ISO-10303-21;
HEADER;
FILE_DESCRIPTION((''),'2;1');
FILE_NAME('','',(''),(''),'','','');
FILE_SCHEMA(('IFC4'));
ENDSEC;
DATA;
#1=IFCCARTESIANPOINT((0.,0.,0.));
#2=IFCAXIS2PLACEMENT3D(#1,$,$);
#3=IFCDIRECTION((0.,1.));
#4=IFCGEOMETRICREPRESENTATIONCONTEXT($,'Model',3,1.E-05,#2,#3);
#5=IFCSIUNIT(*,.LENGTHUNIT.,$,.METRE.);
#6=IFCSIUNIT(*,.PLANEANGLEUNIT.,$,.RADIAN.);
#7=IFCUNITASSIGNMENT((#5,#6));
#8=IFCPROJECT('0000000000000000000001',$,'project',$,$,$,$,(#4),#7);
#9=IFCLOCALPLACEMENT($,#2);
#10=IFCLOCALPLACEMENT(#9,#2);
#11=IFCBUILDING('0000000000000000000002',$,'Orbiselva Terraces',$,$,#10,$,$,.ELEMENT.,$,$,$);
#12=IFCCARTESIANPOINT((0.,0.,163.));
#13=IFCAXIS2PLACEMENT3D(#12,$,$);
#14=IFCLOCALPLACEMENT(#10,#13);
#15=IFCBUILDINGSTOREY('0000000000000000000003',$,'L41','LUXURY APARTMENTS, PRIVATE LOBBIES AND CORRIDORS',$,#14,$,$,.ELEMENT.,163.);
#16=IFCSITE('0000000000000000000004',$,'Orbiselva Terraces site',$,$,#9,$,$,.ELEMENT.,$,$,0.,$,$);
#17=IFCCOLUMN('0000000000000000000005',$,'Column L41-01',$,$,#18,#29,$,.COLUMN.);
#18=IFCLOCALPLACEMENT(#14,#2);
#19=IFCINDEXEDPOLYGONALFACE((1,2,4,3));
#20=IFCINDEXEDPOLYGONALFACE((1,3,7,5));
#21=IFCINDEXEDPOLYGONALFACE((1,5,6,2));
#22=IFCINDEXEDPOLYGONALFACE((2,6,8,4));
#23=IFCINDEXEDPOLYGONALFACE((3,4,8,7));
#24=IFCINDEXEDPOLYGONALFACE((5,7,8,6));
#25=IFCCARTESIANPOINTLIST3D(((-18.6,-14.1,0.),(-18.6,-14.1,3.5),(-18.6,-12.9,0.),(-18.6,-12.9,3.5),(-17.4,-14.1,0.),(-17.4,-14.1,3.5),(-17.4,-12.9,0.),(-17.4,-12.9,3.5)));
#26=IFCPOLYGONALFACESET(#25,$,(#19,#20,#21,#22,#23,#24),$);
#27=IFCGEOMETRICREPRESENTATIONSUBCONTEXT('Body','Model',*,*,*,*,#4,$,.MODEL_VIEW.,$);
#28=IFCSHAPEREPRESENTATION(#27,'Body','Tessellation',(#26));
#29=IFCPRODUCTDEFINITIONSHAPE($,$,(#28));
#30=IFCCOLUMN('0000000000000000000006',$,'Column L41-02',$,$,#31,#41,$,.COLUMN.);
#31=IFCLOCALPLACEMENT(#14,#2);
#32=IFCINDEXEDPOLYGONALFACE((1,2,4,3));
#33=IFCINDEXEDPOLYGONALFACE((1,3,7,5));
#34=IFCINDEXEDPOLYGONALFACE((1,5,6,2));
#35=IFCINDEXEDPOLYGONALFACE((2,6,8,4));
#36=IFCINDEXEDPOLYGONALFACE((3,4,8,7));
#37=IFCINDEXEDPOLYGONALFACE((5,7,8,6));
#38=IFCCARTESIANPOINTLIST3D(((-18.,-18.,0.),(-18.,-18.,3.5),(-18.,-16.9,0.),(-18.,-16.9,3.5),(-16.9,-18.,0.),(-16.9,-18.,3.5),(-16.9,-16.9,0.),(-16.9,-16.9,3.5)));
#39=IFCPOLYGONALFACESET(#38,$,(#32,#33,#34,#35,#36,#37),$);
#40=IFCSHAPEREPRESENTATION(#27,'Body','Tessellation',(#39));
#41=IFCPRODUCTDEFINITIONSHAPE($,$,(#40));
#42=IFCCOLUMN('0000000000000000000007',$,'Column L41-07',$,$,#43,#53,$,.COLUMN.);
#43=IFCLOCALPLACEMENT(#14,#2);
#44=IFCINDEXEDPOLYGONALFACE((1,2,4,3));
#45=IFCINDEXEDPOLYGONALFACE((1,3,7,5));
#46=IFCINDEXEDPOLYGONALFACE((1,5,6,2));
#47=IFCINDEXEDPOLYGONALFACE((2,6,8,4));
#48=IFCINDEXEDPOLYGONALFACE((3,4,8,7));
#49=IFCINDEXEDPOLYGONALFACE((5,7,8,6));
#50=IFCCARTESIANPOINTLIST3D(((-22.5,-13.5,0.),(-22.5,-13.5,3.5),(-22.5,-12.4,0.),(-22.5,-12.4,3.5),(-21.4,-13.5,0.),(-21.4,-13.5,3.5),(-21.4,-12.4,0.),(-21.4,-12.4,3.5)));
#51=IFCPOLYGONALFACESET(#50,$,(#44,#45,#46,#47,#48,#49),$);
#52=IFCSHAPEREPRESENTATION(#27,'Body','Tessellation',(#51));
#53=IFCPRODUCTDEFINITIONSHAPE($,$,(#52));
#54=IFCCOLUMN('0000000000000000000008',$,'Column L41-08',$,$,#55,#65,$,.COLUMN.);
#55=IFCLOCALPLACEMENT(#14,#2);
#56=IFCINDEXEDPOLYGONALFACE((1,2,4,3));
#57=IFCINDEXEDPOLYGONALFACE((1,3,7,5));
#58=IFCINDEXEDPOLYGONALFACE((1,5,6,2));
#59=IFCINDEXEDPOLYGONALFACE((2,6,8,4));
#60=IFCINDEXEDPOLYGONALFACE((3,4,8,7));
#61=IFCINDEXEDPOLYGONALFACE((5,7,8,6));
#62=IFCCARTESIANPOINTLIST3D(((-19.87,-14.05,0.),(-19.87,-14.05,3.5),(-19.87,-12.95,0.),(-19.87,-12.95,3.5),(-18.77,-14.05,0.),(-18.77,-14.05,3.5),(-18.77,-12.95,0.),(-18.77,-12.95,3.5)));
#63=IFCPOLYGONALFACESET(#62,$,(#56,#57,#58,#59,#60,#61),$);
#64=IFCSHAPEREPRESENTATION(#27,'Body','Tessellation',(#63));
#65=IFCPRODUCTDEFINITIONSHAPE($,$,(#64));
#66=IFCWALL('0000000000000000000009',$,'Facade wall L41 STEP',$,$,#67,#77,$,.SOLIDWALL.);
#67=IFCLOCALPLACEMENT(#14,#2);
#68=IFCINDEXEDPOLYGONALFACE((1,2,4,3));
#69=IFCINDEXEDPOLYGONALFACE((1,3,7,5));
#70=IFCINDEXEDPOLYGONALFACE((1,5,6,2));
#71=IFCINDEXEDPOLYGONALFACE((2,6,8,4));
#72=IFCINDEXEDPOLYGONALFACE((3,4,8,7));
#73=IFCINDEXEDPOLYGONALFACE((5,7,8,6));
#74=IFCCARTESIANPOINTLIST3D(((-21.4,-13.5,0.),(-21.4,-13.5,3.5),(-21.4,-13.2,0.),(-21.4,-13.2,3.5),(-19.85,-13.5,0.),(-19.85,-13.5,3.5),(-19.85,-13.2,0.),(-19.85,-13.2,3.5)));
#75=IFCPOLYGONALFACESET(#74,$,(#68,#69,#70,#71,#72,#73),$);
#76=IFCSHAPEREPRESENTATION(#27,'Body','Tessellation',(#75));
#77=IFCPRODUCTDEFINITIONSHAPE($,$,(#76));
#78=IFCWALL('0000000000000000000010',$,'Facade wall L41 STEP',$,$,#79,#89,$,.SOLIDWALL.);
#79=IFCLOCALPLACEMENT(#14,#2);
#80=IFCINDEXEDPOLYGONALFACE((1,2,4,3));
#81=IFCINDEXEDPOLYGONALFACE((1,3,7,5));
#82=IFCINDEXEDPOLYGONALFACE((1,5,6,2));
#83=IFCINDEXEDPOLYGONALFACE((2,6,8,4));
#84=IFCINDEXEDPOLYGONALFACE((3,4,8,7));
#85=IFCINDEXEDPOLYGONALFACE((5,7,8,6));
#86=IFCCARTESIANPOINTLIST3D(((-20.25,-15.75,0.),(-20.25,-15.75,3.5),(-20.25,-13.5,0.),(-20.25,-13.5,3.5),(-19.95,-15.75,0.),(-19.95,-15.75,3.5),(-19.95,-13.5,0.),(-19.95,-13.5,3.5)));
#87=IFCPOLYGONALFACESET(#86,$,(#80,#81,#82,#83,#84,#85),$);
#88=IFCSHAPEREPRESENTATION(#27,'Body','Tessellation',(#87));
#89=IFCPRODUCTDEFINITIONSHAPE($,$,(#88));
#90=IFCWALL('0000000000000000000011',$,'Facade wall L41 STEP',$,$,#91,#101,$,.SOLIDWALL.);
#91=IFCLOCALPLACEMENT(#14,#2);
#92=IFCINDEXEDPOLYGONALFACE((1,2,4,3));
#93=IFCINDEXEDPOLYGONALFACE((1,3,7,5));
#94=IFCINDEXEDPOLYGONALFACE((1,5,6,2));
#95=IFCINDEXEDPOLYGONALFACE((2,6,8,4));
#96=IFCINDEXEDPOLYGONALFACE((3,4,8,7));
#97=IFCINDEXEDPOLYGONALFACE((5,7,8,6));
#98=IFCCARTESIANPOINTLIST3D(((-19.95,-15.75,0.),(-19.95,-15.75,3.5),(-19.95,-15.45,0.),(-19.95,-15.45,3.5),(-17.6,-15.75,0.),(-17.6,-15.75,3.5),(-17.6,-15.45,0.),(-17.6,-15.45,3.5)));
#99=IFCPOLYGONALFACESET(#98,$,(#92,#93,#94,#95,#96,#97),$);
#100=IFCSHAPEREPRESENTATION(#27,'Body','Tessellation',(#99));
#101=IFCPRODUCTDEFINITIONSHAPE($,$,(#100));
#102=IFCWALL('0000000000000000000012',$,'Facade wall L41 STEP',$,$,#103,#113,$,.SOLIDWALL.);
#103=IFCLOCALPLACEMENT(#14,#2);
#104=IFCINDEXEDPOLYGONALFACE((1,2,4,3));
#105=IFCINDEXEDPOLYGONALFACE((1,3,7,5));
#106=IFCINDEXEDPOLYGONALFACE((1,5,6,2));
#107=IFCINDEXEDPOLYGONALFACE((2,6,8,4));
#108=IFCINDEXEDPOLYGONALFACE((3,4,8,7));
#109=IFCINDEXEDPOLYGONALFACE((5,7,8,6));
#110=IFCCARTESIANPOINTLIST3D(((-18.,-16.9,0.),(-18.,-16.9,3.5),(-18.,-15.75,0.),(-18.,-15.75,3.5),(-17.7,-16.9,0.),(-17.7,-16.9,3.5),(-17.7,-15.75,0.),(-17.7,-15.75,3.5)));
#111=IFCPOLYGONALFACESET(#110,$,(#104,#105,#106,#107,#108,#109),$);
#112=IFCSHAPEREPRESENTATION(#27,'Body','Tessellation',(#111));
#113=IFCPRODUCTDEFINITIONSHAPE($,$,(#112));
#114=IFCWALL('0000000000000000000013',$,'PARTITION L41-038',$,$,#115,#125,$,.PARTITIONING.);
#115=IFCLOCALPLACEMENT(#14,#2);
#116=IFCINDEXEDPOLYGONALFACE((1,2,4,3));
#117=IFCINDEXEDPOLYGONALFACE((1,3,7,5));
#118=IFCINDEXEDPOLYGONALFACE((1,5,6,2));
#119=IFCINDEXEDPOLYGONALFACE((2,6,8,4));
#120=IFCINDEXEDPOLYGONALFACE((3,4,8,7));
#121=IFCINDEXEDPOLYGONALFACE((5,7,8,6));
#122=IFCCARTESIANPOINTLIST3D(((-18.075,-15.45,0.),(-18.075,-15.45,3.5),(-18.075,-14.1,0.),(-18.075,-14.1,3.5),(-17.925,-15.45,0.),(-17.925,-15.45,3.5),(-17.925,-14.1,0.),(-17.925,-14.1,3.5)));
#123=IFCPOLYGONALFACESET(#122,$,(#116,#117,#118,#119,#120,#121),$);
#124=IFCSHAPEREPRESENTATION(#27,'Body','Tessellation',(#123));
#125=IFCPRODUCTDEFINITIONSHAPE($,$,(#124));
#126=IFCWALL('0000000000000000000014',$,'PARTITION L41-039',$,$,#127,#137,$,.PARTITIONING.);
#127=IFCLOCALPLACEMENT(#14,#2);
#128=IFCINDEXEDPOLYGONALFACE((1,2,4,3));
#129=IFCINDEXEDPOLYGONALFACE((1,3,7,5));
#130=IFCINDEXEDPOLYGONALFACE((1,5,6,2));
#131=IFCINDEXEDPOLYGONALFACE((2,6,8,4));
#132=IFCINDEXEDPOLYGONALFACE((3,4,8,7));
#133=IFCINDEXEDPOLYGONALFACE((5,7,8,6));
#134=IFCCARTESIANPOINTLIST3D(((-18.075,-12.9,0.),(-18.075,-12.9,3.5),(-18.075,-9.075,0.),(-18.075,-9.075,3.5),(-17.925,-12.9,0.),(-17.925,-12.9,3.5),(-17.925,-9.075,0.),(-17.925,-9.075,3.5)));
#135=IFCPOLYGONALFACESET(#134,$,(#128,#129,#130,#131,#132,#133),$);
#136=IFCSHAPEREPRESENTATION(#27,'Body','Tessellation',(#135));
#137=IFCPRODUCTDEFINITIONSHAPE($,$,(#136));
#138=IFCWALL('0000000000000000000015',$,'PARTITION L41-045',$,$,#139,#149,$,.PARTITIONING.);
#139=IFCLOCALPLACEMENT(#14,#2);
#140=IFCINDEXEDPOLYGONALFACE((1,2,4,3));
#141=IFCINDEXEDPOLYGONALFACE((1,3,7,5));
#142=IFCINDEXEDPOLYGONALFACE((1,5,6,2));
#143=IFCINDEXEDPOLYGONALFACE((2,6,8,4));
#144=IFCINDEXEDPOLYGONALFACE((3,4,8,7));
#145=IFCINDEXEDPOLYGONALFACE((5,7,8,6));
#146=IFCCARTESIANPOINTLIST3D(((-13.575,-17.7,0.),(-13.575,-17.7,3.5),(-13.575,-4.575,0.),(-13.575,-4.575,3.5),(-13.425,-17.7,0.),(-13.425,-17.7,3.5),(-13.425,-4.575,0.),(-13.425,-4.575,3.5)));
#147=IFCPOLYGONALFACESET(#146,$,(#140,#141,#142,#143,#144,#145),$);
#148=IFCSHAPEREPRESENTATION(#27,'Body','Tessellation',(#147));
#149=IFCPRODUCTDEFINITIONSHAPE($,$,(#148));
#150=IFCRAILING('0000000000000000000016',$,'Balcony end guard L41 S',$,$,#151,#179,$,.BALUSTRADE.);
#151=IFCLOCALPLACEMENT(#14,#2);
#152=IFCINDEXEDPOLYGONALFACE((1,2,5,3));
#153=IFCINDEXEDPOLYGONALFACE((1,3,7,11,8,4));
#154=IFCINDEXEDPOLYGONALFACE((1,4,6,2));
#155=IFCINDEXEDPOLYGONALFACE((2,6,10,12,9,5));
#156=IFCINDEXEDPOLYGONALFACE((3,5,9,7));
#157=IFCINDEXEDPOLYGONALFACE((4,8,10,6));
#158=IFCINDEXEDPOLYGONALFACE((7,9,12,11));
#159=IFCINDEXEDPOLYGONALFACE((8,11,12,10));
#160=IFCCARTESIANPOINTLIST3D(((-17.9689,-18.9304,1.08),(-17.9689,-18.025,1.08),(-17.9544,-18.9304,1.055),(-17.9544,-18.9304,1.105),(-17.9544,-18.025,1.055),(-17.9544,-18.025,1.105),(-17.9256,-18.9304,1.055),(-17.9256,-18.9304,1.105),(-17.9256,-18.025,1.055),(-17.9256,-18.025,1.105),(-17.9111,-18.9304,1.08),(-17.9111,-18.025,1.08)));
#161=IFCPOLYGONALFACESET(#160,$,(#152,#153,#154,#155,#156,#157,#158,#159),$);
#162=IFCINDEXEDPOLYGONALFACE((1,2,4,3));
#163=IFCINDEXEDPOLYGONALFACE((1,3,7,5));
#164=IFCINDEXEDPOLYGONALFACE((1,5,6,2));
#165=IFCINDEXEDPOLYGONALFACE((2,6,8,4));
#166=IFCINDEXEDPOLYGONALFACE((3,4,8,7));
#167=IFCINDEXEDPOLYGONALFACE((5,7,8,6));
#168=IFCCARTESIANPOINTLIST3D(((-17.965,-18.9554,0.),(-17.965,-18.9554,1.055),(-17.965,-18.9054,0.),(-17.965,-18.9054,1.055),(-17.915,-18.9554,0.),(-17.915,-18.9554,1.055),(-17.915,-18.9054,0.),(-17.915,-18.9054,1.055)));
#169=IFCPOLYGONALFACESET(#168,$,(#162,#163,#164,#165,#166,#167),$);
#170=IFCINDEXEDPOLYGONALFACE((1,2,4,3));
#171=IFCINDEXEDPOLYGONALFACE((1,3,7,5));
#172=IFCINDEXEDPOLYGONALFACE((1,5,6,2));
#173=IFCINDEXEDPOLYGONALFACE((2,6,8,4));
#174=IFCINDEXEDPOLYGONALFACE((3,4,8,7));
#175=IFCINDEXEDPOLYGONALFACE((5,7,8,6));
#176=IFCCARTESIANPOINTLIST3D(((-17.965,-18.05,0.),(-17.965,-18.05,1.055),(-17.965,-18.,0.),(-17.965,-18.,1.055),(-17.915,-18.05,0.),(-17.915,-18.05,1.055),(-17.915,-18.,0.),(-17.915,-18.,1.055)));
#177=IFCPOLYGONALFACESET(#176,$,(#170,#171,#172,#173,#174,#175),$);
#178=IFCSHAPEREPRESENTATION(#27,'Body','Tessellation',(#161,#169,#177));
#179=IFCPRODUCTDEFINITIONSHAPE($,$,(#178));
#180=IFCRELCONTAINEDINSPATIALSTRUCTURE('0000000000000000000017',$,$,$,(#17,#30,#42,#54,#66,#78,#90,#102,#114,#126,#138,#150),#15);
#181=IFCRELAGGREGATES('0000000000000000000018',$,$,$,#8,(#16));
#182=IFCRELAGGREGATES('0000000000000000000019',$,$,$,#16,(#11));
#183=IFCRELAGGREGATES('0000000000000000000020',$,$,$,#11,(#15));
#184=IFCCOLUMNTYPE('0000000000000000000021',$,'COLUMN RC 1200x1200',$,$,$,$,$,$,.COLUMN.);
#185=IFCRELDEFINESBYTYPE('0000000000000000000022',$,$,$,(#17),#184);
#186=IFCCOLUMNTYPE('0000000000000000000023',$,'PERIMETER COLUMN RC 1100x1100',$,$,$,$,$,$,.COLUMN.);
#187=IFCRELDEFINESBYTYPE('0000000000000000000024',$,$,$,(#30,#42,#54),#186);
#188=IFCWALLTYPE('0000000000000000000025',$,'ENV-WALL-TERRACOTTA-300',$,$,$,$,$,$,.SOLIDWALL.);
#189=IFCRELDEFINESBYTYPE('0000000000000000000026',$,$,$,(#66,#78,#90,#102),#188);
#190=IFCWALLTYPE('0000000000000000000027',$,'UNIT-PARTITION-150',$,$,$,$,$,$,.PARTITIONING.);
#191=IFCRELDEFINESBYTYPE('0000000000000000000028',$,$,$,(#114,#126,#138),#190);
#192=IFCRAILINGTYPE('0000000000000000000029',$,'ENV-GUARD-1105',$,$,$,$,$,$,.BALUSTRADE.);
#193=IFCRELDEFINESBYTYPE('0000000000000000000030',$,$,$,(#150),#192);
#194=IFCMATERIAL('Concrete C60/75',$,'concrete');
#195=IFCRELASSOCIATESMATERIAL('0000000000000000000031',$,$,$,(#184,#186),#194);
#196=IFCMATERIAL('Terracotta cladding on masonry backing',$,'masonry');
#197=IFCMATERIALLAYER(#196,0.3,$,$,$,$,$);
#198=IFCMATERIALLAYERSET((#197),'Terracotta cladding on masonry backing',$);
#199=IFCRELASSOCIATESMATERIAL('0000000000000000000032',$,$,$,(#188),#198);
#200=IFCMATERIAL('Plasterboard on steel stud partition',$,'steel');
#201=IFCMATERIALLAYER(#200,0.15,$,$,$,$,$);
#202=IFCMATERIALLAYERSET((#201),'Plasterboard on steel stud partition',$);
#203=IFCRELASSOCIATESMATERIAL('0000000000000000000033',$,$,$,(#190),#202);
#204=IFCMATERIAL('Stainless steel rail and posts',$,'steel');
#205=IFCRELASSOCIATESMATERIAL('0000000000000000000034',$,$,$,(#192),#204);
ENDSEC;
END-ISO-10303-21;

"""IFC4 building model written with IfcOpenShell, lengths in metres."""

from ifc_helpers import new_model, si_unit, direction, frame, frame_2d, origin, origin_2d, place, context, subcontext, project, spatial, polyline, rectangle, outline, extrude, material, layer, layer_set, material_profile, profile_set, type_object, element, save


model = new_model("IFC4")

# Units and contexts
model_context = context("Model", 3, precision=1e-05, world=origin(), true_north=direction((0.0, 1.0)))
body_context = subcontext(model_context, "Body", "Model", "MODEL_VIEW")
ifc_project = project(units=[si_unit("LENGTHUNIT", "METRE"), si_unit("PLANEANGLEUNIT", "RADIAN")], contexts=[model_context])

# Site, building, storey
site_placement = place(None, origin())
site = spatial("IfcSite", under=ifc_project, at=site_placement, Name="Orbiselva Terraces site", CompositionType="ELEMENT", RefElevation=0.0)
building_placement = place(site_placement, origin())
building = spatial("IfcBuilding", under=site, at=building_placement, Name="Orbiselva Terraces", CompositionType="ELEMENT")
storey_placement = place(building_placement, frame((0.0, 0.0, 163.0)))
storey = spatial("IfcBuildingStorey", under=building, at=storey_placement, Name="L41", Description="LUXURY APARTMENTS, PRIVATE LOBBIES AND CORRIDORS", CompositionType="ELEMENT", Elevation=163.0)

# Columns
ifc_material_1 = material(Name="Concrete C60/75", Category="concrete")
ifc_material_profile_1 = material_profile(ifc_material_1, rectangle(XDim=1.2, YDim=1.2, at=origin_2d()), Name="RC 1200x1200")
ifc_profile_set_1 = profile_set([ifc_material_profile_1], Name="Concrete C60/75")
column_type_1 = type_object("IfcColumnType", Name="COLUMN RC 1200x1200", PredefinedType="COLUMN", material=ifc_profile_set_1)
column_placement = place(storey_placement, frame((-18.0, -13.5, 0.0), z_axis=(0.0, 0.0, 1.0), x_axis=(1.0, 0.0, 0.0)))
element("IfcColumn", 1, at=column_placement, inside=storey, type_object=column_type_1, Name="Column L41-01", PredefinedType="COLUMN", context=body_context, shape_type="SweptSolid", body=[
    extrude(rectangle(XDim=1.2, YDim=1.2, at=origin_2d()), origin(), (0.0, 0.0, 1.0), 3.5),
])
ifc_material_profile_2 = material_profile(ifc_material_1, rectangle(XDim=1.1, YDim=1.1, at=origin_2d()), Name="RC 1100x1100")
ifc_profile_set_2 = profile_set([ifc_material_profile_2], Name="Concrete C60/75")
column_type_2 = type_object("IfcColumnType", Name="PERIMETER COLUMN RC 1100x1100", PredefinedType="COLUMN", material=ifc_profile_set_2)
for number, where, z_axis, x_axis, name in (
    (2, (-17.45, -17.45, 0.0), (0.0, 0.0, 1.0), (1.0, 0.0, 0.0), "Column L41-02"),
    (3, (-21.95, -12.95, 0.0), (0.0, 0.0, 1.0), (1.0, 0.0, 0.0), "Column L41-07"),
    (4, (-19.32, -13.5, 0.0), (0.0, 0.0, 1.0), (1.0, 0.0, 0.0), "Column L41-08"),
):
    element("IfcColumn", number, at=place(storey_placement, frame(where, z_axis=z_axis, x_axis=x_axis)), inside=storey, type_object=column_type_2, Name=name, PredefinedType="COLUMN", context=body_context, shape_type="SweptSolid", body=[
        extrude(rectangle(XDim=1.1, YDim=1.1, at=origin_2d()), origin(), (0.0, 0.0, 1.0), 3.5),
    ])

# Walls
ifc_material_2 = material(Name="Terracotta cladding on masonry backing", Category="masonry")
ifc_layer_1 = layer(ifc_material_2, 0.3)
ifc_layer_set_1 = layer_set([ifc_layer_1], Name="Terracotta cladding on masonry backing")
wall_type_1 = type_object("IfcWallType", Name="ENV-WALL-TERRACOTTA-300", PredefinedType="SOLIDWALL", material=ifc_layer_set_1)
wall_1_placement = place(storey_placement, frame((-19.85, -13.35, 0.0), z_axis=(0.0, 0.0, 1.0), x_axis=(-1.0, 0.0, 0.0)))
element("IfcWall", 5, at=wall_1_placement, inside=storey, type_object=wall_type_1, Name="Facade wall L41 STEP", PredefinedType="SOLIDWALL", context=body_context, shape_type="SweptSolid", body=[
    extrude(rectangle(XDim=1.55, YDim=0.3, at=frame_2d((0.775, 0.0))), origin(), (0.0, 0.0, 1.0), 3.5),
])
wall_2_placement = place(storey_placement, frame((-20.1, -15.75, 0.0), z_axis=(0.0, 0.0, 1.0), x_axis=(0.0, 1.0, 0.0)))
element("IfcWall", 6, at=wall_2_placement, inside=storey, type_object=wall_type_1, Name="Facade wall L41 STEP", PredefinedType="SOLIDWALL", context=body_context, shape_type="SweptSolid", body=[
    extrude(rectangle(XDim=2.25, YDim=0.3, at=frame_2d((1.125, 0.0))), origin(), (0.0, 0.0, 1.0), 3.5),
])
wall_3_placement = place(storey_placement, frame((-17.6, -15.6, 0.0), z_axis=(0.0, 0.0, 1.0), x_axis=(-1.0, 0.0, 0.0)))
element("IfcWall", 7, at=wall_3_placement, inside=storey, type_object=wall_type_1, Name="Facade wall L41 STEP", PredefinedType="SOLIDWALL", context=body_context, shape_type="SweptSolid", body=[
    extrude(rectangle(XDim=2.35, YDim=0.3, at=frame_2d((1.175, 0.0))), origin(), (0.0, 0.0, 1.0), 3.5),
])
wall_4_placement = place(storey_placement, frame((-17.85, -16.9, 0.0), z_axis=(0.0, 0.0, 1.0), x_axis=(0.0, 1.0, 0.0)))
element("IfcWall", 8, at=wall_4_placement, inside=storey, type_object=wall_type_1, Name="Facade wall L41 STEP", PredefinedType="SOLIDWALL", context=body_context, shape_type="SweptSolid", body=[
    extrude(rectangle(XDim=1.15, YDim=0.3, at=frame_2d((0.575, 0.0))), origin(), (0.0, 0.0, 1.0), 3.5),
])
ifc_material_3 = material(Name="Plasterboard on steel stud partition", Category="steel")
ifc_layer_2 = layer(ifc_material_3, 0.15)
ifc_layer_set_2 = layer_set([ifc_layer_2], Name="Plasterboard on steel stud partition")
wall_type_2 = type_object("IfcWallType", Name="UNIT-PARTITION-150", PredefinedType="PARTITIONING", material=ifc_layer_set_2)
wall_5_placement = place(storey_placement, frame((-18.0, -15.45, 0.0), z_axis=(0.0, 0.0, 1.0), x_axis=(0.0, 1.0, 0.0)))
element("IfcWall", 9, at=wall_5_placement, inside=storey, type_object=wall_type_2, Name="PARTITION L41-038", PredefinedType="PARTITIONING", context=body_context, shape_type="SweptSolid", body=[
    extrude(rectangle(XDim=1.35, YDim=0.15, at=frame_2d((0.675, 0.0))), origin(), (0.0, 0.0, 1.0), 3.5),
])
wall_6_placement = place(storey_placement, frame((-18.0, -12.9, 0.0), z_axis=(0.0, 0.0, 1.0), x_axis=(0.0, 1.0, 0.0)))
element("IfcWall", 10, at=wall_6_placement, inside=storey, type_object=wall_type_2, Name="PARTITION L41-039", PredefinedType="PARTITIONING", context=body_context, shape_type="SweptSolid", body=[
    extrude(rectangle(XDim=3.825, YDim=0.15, at=frame_2d((1.9125, 0.0))), origin(), (0.0, 0.0, 1.0), 3.5),
])
wall_7_placement = place(storey_placement, frame((-13.5, -17.7, 0.0), z_axis=(0.0, 0.0, 1.0), x_axis=(0.0, 1.0, 0.0)))
element("IfcWall", 11, at=wall_7_placement, inside=storey, type_object=wall_type_2, Name="PARTITION L41-045", PredefinedType="PARTITIONING", context=body_context, shape_type="SweptSolid", body=[
    extrude(rectangle(XDim=13.125, YDim=0.15, at=frame_2d((6.5625, 0.0))), origin(), (0.0, 0.0, 1.0), 3.5),
])

# Railing
ifc_material_4 = material(Name="Stainless steel rail and posts", Category="steel")
railing_type_1 = type_object("IfcRailingType", Name="ENV-GUARD-1105", PredefinedType="BALUSTRADE", material=ifc_material_4)
railing_1_placement = place(storey_placement, frame((-17.94, -18.9304, 0.0)))
element("IfcRailing", 12, at=railing_1_placement, inside=storey, type_object=railing_type_1, Name="Balcony end guard L41 S", PredefinedType="BALUSTRADE", context=body_context, shape_type="SweptSolid", body=[
    extrude(outline(polyline([(0.0289, 0.0), (0.0144, 0.025), (-0.0144, 0.025), (-0.0289, 0.0), (-0.0144, -0.025), (0.0144, -0.025), (0.0289, 0.0)])), frame((0.0, 0.0, 1.08), z_axis=(0.0, 1.0, 0.0), x_axis=(-1.0, 0.0, 0.0)), (0.0, 0.0, 1.0), 0.9054),
    extrude(rectangle(XDim=0.05, YDim=0.05, at=origin_2d()), origin(), (0.0, 0.0, 1.0), 1.055),
    extrude(rectangle(XDim=0.05, YDim=0.05, at=origin_2d()), frame((0.0, 0.9054, 0.0)), (0.0, 0.0, 1.0), 1.055),
])

save(model, "model.ifc")
